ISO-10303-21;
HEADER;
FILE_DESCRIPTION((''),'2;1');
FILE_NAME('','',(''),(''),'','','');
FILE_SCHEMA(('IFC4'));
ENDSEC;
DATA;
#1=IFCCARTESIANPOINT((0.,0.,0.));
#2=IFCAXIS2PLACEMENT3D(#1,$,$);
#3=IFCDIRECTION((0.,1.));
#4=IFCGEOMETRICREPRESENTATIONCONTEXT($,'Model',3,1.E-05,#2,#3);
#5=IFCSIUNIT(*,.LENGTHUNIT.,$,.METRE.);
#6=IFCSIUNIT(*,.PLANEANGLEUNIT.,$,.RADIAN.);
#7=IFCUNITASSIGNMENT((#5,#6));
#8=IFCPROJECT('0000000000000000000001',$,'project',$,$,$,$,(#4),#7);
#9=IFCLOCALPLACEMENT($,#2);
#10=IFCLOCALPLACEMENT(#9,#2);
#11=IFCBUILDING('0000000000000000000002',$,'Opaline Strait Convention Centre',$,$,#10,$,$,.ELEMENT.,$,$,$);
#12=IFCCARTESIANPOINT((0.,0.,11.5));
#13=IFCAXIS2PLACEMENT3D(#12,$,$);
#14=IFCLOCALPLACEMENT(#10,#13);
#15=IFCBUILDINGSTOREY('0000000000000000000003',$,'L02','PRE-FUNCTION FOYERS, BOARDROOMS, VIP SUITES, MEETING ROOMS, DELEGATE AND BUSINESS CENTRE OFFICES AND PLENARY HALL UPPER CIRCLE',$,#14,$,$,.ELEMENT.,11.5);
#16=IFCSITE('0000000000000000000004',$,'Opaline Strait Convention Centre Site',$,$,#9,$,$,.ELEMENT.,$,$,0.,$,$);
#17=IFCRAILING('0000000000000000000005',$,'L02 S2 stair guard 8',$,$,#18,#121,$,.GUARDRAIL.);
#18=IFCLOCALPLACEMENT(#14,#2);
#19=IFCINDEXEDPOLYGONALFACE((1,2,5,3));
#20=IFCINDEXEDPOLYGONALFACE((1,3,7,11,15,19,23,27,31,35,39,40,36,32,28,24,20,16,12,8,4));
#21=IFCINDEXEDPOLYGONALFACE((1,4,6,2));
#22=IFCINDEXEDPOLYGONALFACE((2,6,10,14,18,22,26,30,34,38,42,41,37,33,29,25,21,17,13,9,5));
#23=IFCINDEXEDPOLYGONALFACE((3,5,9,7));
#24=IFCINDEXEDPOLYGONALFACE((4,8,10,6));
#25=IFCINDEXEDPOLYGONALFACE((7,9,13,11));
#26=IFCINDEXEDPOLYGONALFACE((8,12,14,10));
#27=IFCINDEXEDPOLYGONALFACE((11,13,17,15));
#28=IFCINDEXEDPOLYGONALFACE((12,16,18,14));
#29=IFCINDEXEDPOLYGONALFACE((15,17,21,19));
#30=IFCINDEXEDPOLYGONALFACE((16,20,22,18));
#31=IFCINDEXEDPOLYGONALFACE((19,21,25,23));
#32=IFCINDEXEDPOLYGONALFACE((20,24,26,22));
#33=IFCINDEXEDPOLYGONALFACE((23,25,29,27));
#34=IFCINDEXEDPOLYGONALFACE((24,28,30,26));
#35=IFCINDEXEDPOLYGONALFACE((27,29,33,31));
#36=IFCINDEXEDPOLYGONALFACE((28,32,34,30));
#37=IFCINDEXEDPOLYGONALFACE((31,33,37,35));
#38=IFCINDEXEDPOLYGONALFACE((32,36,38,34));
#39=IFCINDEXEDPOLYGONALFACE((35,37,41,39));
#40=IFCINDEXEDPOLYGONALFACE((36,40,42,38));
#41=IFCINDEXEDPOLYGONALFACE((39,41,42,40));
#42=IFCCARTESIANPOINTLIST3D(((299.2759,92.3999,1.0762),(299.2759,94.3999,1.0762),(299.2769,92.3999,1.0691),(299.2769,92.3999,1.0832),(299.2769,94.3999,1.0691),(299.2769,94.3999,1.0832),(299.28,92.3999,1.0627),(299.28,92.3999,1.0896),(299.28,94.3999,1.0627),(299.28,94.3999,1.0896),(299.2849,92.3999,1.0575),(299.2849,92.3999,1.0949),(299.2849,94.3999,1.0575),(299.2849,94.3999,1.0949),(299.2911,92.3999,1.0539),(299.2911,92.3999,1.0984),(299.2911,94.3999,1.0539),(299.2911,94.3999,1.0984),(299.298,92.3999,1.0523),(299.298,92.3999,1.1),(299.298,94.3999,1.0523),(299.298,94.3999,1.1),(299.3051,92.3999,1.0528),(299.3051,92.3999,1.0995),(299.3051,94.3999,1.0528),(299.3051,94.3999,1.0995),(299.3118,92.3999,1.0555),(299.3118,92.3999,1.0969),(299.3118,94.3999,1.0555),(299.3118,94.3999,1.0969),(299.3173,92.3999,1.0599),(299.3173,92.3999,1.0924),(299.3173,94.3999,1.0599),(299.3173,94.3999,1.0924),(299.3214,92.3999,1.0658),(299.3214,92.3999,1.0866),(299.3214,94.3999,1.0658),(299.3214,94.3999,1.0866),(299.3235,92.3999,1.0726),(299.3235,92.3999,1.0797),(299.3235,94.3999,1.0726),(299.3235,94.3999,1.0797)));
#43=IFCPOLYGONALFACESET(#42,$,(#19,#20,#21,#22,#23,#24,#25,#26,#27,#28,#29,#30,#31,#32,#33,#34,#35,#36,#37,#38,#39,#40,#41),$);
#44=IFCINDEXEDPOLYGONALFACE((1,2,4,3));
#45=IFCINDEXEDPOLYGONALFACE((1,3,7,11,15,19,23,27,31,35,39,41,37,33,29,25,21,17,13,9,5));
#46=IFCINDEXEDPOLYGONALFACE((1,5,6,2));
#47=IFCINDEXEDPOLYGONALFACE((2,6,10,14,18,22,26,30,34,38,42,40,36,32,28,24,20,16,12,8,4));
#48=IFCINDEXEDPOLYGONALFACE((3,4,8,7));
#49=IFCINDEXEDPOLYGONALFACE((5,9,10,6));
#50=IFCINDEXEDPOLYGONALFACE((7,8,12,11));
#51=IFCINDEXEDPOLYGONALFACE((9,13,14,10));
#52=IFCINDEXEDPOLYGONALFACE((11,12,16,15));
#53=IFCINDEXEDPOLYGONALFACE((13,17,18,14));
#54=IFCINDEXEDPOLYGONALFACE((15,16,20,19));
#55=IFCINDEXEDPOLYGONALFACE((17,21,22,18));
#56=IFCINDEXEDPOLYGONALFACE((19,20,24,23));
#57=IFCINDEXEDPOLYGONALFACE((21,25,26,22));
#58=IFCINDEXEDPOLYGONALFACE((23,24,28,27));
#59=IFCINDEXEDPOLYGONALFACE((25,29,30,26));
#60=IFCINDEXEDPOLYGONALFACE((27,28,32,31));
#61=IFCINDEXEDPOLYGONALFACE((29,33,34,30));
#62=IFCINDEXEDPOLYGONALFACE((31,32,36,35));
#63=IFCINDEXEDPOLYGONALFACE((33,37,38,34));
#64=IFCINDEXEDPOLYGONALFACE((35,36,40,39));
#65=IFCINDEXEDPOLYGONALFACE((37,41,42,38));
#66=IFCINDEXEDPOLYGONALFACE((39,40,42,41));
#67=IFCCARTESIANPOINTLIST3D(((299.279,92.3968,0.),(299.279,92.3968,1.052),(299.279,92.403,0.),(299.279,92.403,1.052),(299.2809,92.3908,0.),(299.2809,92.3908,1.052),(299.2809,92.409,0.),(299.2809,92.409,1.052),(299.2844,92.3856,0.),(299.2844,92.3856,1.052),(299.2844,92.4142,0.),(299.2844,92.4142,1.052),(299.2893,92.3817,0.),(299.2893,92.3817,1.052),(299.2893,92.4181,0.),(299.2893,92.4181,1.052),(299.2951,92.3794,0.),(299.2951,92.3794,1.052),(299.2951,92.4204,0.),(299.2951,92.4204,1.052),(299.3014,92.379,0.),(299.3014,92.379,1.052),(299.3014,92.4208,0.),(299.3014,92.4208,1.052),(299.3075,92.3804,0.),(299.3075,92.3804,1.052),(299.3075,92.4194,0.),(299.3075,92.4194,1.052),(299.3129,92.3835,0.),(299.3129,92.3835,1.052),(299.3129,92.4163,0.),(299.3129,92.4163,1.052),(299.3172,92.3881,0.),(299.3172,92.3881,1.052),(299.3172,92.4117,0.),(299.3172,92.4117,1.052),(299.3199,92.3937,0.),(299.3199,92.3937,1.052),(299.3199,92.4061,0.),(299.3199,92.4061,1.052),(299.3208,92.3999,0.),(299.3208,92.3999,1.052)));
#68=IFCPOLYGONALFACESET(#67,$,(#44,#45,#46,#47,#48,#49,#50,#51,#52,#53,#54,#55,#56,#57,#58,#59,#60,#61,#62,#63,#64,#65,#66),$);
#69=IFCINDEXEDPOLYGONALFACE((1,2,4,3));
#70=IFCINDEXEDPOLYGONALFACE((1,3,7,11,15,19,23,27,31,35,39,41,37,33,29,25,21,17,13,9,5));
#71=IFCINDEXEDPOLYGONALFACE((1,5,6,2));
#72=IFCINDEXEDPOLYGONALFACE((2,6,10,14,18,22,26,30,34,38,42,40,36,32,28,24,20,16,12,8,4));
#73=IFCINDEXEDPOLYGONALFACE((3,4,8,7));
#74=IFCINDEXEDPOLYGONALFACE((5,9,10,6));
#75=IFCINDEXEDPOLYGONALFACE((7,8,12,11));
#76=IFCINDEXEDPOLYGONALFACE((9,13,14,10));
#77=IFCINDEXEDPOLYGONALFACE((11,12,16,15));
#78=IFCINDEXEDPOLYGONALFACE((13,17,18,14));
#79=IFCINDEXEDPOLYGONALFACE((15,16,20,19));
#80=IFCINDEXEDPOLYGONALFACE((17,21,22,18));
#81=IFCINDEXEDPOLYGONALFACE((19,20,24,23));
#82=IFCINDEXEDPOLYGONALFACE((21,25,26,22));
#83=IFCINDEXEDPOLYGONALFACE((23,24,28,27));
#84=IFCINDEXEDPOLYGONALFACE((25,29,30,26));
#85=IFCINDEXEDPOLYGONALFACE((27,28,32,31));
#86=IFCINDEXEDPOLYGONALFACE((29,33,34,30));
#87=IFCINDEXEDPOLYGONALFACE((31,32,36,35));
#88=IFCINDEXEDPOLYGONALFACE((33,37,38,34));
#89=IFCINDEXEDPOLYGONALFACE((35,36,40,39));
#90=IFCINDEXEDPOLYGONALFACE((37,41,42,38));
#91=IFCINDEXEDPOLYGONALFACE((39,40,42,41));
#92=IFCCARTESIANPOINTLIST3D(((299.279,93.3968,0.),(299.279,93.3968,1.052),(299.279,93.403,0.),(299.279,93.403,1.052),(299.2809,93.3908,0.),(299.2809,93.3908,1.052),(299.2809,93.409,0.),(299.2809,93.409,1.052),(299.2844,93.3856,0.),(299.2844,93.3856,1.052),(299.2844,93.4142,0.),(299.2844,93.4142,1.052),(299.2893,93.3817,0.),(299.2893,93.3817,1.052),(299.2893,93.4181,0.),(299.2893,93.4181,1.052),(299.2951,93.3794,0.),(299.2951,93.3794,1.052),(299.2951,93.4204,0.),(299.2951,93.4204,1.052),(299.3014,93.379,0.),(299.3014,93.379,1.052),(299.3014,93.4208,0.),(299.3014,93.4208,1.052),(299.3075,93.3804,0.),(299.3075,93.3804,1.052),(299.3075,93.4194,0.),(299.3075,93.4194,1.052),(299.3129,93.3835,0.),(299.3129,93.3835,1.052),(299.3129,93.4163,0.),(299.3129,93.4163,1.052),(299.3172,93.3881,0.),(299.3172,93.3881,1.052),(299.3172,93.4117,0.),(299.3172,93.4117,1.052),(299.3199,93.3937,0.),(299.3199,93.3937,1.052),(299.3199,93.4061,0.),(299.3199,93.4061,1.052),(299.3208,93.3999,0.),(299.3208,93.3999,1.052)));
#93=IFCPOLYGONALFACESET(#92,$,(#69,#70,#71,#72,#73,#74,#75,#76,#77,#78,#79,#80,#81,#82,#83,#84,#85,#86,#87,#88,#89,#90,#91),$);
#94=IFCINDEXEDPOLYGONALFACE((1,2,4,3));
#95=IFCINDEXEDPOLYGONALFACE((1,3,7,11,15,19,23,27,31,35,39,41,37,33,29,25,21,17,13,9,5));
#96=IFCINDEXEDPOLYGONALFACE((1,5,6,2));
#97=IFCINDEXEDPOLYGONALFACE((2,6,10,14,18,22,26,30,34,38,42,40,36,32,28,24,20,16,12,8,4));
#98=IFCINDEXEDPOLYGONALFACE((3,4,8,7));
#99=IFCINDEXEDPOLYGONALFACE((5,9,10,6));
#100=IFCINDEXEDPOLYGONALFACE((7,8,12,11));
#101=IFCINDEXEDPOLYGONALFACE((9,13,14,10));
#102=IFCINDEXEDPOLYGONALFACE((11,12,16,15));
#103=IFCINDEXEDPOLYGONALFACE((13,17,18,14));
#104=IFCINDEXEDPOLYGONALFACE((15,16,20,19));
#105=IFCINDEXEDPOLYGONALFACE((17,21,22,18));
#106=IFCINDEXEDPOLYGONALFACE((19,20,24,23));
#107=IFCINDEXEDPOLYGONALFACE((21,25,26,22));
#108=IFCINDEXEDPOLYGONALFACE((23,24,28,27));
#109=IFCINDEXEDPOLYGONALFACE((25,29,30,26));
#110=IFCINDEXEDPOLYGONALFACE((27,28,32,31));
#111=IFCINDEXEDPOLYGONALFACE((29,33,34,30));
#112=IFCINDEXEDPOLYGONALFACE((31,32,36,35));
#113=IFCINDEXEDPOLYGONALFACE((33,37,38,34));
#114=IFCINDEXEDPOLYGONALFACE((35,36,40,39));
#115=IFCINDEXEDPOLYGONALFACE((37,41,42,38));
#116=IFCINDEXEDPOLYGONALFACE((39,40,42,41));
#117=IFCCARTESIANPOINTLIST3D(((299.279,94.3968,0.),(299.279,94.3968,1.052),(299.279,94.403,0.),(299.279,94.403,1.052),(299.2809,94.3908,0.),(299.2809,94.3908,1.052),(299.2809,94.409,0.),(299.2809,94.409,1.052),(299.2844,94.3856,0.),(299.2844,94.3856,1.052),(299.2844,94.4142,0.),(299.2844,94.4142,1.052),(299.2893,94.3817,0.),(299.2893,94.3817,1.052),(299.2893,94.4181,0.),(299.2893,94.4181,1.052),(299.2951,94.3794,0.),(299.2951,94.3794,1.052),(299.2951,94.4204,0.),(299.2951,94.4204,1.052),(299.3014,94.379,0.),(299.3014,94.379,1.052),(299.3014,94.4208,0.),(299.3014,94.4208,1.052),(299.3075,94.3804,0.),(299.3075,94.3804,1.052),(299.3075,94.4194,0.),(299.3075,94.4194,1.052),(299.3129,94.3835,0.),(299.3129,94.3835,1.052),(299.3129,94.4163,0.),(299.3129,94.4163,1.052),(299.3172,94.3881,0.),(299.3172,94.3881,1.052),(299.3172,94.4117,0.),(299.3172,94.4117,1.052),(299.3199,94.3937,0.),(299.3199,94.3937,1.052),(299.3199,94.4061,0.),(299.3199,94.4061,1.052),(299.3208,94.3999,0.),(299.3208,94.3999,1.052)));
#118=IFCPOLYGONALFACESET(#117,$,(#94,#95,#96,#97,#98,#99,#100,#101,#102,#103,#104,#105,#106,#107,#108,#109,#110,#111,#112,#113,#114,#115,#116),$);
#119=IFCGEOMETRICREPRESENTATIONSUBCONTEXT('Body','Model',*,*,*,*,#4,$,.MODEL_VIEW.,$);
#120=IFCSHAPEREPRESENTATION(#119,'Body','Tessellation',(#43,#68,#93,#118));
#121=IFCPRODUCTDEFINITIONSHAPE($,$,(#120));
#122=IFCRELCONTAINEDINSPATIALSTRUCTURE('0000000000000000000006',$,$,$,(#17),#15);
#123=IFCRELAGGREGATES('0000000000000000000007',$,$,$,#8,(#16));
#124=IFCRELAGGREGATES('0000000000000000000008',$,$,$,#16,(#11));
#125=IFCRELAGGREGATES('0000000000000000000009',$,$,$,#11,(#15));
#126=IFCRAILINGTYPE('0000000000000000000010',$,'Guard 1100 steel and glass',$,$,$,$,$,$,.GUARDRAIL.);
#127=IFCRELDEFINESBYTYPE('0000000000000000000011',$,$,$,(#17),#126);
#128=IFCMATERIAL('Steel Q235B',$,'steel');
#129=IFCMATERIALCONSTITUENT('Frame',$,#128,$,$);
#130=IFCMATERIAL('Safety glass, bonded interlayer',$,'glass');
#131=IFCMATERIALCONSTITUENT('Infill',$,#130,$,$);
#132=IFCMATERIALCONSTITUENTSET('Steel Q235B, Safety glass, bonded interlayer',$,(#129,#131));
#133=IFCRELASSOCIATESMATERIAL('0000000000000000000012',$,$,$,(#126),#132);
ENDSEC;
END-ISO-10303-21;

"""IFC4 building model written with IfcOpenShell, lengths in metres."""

from ifc_helpers import new_model, si_unit, direction, frame, origin, origin_2d, place, context, subcontext, project, spatial, circle, extrude, material, constituent, constituent_set, type_object, element, save


model = new_model("IFC4")

# Units and contexts
model_context = context("Model", 3, precision=1e-05, world=origin(), true_north=direction((0.0, 1.0)))
body_context = subcontext(model_context, "Body", "Model", "MODEL_VIEW")
ifc_project = project(units=[si_unit("LENGTHUNIT", "METRE"), si_unit("PLANEANGLEUNIT", "RADIAN")], contexts=[model_context])

# Site, building, storey
site_placement = place(None, origin())
site = spatial("IfcSite", under=ifc_project, at=site_placement, Name="Opaline Strait Convention Centre Site", CompositionType="ELEMENT", RefElevation=0.0)
building_placement = place(site_placement, origin())
building = spatial("IfcBuilding", under=site, at=building_placement, Name="Opaline Strait Convention Centre", CompositionType="ELEMENT")
storey_placement = place(building_placement, frame((0.0, 0.0, 11.5)))
storey = spatial("IfcBuildingStorey", under=building, at=storey_placement, Name="L02", Description="PRE-FUNCTION FOYERS, BOARDROOMS, VIP SUITES, MEETING ROOMS, DELEGATE AND BUSINESS CENTRE OFFICES AND PLENARY HALL UPPER CIRCLE", CompositionType="ELEMENT", Elevation=11.5)

# Shared definitions
ifc_material_1 = material(Name="Steel Q235B", Category="steel")

# Railing
ifc_constituent_1 = constituent(ifc_material_1, Name="Frame")
ifc_material_2 = material(Name="Safety glass, bonded interlayer", Category="glass")
ifc_constituent_2 = constituent(ifc_material_2, Name="Infill")
ifc_constituent_set = constituent_set(constituents=[ifc_constituent_1, ifc_constituent_2], Name="Steel Q235B, Safety glass, bonded interlayer")
railing_type_1 = type_object("IfcRailingType", Name="Guard 1100 steel and glass", PredefinedType="GUARDRAIL", material=ifc_constituent_set)
railing_1_placement = place(storey_placement, frame((299.2998, 92.3999, 0.0)))
element("IfcRailing", 1, at=railing_1_placement, inside=storey, type_object=railing_type_1, Name="L02 S2 stair guard 8", PredefinedType="GUARDRAIL", context=body_context, shape_type="SweptSolid", body=[
    extrude(circle(Radius=0.0239, at=origin_2d()), frame((0.0, 0.0, 1.0762), z_axis=(0.0, 1.0, 0.0), x_axis=(-1.0, 0.0, 0.0)), (0.0, 0.0, 1.0), 2.0),
    extrude(circle(Radius=0.021, at=origin_2d()), origin(), (0.0, 0.0, 1.0), 1.052),
    extrude(circle(Radius=0.021, at=origin_2d()), frame((0.0, 1.0, 0.0)), (0.0, 0.0, 1.0), 1.052),
    extrude(circle(Radius=0.021, at=origin_2d()), frame((0.0, 2.0, 0.0)), (0.0, 0.0, 1.0), 1.052),
])

save(model, "model.ifc")
